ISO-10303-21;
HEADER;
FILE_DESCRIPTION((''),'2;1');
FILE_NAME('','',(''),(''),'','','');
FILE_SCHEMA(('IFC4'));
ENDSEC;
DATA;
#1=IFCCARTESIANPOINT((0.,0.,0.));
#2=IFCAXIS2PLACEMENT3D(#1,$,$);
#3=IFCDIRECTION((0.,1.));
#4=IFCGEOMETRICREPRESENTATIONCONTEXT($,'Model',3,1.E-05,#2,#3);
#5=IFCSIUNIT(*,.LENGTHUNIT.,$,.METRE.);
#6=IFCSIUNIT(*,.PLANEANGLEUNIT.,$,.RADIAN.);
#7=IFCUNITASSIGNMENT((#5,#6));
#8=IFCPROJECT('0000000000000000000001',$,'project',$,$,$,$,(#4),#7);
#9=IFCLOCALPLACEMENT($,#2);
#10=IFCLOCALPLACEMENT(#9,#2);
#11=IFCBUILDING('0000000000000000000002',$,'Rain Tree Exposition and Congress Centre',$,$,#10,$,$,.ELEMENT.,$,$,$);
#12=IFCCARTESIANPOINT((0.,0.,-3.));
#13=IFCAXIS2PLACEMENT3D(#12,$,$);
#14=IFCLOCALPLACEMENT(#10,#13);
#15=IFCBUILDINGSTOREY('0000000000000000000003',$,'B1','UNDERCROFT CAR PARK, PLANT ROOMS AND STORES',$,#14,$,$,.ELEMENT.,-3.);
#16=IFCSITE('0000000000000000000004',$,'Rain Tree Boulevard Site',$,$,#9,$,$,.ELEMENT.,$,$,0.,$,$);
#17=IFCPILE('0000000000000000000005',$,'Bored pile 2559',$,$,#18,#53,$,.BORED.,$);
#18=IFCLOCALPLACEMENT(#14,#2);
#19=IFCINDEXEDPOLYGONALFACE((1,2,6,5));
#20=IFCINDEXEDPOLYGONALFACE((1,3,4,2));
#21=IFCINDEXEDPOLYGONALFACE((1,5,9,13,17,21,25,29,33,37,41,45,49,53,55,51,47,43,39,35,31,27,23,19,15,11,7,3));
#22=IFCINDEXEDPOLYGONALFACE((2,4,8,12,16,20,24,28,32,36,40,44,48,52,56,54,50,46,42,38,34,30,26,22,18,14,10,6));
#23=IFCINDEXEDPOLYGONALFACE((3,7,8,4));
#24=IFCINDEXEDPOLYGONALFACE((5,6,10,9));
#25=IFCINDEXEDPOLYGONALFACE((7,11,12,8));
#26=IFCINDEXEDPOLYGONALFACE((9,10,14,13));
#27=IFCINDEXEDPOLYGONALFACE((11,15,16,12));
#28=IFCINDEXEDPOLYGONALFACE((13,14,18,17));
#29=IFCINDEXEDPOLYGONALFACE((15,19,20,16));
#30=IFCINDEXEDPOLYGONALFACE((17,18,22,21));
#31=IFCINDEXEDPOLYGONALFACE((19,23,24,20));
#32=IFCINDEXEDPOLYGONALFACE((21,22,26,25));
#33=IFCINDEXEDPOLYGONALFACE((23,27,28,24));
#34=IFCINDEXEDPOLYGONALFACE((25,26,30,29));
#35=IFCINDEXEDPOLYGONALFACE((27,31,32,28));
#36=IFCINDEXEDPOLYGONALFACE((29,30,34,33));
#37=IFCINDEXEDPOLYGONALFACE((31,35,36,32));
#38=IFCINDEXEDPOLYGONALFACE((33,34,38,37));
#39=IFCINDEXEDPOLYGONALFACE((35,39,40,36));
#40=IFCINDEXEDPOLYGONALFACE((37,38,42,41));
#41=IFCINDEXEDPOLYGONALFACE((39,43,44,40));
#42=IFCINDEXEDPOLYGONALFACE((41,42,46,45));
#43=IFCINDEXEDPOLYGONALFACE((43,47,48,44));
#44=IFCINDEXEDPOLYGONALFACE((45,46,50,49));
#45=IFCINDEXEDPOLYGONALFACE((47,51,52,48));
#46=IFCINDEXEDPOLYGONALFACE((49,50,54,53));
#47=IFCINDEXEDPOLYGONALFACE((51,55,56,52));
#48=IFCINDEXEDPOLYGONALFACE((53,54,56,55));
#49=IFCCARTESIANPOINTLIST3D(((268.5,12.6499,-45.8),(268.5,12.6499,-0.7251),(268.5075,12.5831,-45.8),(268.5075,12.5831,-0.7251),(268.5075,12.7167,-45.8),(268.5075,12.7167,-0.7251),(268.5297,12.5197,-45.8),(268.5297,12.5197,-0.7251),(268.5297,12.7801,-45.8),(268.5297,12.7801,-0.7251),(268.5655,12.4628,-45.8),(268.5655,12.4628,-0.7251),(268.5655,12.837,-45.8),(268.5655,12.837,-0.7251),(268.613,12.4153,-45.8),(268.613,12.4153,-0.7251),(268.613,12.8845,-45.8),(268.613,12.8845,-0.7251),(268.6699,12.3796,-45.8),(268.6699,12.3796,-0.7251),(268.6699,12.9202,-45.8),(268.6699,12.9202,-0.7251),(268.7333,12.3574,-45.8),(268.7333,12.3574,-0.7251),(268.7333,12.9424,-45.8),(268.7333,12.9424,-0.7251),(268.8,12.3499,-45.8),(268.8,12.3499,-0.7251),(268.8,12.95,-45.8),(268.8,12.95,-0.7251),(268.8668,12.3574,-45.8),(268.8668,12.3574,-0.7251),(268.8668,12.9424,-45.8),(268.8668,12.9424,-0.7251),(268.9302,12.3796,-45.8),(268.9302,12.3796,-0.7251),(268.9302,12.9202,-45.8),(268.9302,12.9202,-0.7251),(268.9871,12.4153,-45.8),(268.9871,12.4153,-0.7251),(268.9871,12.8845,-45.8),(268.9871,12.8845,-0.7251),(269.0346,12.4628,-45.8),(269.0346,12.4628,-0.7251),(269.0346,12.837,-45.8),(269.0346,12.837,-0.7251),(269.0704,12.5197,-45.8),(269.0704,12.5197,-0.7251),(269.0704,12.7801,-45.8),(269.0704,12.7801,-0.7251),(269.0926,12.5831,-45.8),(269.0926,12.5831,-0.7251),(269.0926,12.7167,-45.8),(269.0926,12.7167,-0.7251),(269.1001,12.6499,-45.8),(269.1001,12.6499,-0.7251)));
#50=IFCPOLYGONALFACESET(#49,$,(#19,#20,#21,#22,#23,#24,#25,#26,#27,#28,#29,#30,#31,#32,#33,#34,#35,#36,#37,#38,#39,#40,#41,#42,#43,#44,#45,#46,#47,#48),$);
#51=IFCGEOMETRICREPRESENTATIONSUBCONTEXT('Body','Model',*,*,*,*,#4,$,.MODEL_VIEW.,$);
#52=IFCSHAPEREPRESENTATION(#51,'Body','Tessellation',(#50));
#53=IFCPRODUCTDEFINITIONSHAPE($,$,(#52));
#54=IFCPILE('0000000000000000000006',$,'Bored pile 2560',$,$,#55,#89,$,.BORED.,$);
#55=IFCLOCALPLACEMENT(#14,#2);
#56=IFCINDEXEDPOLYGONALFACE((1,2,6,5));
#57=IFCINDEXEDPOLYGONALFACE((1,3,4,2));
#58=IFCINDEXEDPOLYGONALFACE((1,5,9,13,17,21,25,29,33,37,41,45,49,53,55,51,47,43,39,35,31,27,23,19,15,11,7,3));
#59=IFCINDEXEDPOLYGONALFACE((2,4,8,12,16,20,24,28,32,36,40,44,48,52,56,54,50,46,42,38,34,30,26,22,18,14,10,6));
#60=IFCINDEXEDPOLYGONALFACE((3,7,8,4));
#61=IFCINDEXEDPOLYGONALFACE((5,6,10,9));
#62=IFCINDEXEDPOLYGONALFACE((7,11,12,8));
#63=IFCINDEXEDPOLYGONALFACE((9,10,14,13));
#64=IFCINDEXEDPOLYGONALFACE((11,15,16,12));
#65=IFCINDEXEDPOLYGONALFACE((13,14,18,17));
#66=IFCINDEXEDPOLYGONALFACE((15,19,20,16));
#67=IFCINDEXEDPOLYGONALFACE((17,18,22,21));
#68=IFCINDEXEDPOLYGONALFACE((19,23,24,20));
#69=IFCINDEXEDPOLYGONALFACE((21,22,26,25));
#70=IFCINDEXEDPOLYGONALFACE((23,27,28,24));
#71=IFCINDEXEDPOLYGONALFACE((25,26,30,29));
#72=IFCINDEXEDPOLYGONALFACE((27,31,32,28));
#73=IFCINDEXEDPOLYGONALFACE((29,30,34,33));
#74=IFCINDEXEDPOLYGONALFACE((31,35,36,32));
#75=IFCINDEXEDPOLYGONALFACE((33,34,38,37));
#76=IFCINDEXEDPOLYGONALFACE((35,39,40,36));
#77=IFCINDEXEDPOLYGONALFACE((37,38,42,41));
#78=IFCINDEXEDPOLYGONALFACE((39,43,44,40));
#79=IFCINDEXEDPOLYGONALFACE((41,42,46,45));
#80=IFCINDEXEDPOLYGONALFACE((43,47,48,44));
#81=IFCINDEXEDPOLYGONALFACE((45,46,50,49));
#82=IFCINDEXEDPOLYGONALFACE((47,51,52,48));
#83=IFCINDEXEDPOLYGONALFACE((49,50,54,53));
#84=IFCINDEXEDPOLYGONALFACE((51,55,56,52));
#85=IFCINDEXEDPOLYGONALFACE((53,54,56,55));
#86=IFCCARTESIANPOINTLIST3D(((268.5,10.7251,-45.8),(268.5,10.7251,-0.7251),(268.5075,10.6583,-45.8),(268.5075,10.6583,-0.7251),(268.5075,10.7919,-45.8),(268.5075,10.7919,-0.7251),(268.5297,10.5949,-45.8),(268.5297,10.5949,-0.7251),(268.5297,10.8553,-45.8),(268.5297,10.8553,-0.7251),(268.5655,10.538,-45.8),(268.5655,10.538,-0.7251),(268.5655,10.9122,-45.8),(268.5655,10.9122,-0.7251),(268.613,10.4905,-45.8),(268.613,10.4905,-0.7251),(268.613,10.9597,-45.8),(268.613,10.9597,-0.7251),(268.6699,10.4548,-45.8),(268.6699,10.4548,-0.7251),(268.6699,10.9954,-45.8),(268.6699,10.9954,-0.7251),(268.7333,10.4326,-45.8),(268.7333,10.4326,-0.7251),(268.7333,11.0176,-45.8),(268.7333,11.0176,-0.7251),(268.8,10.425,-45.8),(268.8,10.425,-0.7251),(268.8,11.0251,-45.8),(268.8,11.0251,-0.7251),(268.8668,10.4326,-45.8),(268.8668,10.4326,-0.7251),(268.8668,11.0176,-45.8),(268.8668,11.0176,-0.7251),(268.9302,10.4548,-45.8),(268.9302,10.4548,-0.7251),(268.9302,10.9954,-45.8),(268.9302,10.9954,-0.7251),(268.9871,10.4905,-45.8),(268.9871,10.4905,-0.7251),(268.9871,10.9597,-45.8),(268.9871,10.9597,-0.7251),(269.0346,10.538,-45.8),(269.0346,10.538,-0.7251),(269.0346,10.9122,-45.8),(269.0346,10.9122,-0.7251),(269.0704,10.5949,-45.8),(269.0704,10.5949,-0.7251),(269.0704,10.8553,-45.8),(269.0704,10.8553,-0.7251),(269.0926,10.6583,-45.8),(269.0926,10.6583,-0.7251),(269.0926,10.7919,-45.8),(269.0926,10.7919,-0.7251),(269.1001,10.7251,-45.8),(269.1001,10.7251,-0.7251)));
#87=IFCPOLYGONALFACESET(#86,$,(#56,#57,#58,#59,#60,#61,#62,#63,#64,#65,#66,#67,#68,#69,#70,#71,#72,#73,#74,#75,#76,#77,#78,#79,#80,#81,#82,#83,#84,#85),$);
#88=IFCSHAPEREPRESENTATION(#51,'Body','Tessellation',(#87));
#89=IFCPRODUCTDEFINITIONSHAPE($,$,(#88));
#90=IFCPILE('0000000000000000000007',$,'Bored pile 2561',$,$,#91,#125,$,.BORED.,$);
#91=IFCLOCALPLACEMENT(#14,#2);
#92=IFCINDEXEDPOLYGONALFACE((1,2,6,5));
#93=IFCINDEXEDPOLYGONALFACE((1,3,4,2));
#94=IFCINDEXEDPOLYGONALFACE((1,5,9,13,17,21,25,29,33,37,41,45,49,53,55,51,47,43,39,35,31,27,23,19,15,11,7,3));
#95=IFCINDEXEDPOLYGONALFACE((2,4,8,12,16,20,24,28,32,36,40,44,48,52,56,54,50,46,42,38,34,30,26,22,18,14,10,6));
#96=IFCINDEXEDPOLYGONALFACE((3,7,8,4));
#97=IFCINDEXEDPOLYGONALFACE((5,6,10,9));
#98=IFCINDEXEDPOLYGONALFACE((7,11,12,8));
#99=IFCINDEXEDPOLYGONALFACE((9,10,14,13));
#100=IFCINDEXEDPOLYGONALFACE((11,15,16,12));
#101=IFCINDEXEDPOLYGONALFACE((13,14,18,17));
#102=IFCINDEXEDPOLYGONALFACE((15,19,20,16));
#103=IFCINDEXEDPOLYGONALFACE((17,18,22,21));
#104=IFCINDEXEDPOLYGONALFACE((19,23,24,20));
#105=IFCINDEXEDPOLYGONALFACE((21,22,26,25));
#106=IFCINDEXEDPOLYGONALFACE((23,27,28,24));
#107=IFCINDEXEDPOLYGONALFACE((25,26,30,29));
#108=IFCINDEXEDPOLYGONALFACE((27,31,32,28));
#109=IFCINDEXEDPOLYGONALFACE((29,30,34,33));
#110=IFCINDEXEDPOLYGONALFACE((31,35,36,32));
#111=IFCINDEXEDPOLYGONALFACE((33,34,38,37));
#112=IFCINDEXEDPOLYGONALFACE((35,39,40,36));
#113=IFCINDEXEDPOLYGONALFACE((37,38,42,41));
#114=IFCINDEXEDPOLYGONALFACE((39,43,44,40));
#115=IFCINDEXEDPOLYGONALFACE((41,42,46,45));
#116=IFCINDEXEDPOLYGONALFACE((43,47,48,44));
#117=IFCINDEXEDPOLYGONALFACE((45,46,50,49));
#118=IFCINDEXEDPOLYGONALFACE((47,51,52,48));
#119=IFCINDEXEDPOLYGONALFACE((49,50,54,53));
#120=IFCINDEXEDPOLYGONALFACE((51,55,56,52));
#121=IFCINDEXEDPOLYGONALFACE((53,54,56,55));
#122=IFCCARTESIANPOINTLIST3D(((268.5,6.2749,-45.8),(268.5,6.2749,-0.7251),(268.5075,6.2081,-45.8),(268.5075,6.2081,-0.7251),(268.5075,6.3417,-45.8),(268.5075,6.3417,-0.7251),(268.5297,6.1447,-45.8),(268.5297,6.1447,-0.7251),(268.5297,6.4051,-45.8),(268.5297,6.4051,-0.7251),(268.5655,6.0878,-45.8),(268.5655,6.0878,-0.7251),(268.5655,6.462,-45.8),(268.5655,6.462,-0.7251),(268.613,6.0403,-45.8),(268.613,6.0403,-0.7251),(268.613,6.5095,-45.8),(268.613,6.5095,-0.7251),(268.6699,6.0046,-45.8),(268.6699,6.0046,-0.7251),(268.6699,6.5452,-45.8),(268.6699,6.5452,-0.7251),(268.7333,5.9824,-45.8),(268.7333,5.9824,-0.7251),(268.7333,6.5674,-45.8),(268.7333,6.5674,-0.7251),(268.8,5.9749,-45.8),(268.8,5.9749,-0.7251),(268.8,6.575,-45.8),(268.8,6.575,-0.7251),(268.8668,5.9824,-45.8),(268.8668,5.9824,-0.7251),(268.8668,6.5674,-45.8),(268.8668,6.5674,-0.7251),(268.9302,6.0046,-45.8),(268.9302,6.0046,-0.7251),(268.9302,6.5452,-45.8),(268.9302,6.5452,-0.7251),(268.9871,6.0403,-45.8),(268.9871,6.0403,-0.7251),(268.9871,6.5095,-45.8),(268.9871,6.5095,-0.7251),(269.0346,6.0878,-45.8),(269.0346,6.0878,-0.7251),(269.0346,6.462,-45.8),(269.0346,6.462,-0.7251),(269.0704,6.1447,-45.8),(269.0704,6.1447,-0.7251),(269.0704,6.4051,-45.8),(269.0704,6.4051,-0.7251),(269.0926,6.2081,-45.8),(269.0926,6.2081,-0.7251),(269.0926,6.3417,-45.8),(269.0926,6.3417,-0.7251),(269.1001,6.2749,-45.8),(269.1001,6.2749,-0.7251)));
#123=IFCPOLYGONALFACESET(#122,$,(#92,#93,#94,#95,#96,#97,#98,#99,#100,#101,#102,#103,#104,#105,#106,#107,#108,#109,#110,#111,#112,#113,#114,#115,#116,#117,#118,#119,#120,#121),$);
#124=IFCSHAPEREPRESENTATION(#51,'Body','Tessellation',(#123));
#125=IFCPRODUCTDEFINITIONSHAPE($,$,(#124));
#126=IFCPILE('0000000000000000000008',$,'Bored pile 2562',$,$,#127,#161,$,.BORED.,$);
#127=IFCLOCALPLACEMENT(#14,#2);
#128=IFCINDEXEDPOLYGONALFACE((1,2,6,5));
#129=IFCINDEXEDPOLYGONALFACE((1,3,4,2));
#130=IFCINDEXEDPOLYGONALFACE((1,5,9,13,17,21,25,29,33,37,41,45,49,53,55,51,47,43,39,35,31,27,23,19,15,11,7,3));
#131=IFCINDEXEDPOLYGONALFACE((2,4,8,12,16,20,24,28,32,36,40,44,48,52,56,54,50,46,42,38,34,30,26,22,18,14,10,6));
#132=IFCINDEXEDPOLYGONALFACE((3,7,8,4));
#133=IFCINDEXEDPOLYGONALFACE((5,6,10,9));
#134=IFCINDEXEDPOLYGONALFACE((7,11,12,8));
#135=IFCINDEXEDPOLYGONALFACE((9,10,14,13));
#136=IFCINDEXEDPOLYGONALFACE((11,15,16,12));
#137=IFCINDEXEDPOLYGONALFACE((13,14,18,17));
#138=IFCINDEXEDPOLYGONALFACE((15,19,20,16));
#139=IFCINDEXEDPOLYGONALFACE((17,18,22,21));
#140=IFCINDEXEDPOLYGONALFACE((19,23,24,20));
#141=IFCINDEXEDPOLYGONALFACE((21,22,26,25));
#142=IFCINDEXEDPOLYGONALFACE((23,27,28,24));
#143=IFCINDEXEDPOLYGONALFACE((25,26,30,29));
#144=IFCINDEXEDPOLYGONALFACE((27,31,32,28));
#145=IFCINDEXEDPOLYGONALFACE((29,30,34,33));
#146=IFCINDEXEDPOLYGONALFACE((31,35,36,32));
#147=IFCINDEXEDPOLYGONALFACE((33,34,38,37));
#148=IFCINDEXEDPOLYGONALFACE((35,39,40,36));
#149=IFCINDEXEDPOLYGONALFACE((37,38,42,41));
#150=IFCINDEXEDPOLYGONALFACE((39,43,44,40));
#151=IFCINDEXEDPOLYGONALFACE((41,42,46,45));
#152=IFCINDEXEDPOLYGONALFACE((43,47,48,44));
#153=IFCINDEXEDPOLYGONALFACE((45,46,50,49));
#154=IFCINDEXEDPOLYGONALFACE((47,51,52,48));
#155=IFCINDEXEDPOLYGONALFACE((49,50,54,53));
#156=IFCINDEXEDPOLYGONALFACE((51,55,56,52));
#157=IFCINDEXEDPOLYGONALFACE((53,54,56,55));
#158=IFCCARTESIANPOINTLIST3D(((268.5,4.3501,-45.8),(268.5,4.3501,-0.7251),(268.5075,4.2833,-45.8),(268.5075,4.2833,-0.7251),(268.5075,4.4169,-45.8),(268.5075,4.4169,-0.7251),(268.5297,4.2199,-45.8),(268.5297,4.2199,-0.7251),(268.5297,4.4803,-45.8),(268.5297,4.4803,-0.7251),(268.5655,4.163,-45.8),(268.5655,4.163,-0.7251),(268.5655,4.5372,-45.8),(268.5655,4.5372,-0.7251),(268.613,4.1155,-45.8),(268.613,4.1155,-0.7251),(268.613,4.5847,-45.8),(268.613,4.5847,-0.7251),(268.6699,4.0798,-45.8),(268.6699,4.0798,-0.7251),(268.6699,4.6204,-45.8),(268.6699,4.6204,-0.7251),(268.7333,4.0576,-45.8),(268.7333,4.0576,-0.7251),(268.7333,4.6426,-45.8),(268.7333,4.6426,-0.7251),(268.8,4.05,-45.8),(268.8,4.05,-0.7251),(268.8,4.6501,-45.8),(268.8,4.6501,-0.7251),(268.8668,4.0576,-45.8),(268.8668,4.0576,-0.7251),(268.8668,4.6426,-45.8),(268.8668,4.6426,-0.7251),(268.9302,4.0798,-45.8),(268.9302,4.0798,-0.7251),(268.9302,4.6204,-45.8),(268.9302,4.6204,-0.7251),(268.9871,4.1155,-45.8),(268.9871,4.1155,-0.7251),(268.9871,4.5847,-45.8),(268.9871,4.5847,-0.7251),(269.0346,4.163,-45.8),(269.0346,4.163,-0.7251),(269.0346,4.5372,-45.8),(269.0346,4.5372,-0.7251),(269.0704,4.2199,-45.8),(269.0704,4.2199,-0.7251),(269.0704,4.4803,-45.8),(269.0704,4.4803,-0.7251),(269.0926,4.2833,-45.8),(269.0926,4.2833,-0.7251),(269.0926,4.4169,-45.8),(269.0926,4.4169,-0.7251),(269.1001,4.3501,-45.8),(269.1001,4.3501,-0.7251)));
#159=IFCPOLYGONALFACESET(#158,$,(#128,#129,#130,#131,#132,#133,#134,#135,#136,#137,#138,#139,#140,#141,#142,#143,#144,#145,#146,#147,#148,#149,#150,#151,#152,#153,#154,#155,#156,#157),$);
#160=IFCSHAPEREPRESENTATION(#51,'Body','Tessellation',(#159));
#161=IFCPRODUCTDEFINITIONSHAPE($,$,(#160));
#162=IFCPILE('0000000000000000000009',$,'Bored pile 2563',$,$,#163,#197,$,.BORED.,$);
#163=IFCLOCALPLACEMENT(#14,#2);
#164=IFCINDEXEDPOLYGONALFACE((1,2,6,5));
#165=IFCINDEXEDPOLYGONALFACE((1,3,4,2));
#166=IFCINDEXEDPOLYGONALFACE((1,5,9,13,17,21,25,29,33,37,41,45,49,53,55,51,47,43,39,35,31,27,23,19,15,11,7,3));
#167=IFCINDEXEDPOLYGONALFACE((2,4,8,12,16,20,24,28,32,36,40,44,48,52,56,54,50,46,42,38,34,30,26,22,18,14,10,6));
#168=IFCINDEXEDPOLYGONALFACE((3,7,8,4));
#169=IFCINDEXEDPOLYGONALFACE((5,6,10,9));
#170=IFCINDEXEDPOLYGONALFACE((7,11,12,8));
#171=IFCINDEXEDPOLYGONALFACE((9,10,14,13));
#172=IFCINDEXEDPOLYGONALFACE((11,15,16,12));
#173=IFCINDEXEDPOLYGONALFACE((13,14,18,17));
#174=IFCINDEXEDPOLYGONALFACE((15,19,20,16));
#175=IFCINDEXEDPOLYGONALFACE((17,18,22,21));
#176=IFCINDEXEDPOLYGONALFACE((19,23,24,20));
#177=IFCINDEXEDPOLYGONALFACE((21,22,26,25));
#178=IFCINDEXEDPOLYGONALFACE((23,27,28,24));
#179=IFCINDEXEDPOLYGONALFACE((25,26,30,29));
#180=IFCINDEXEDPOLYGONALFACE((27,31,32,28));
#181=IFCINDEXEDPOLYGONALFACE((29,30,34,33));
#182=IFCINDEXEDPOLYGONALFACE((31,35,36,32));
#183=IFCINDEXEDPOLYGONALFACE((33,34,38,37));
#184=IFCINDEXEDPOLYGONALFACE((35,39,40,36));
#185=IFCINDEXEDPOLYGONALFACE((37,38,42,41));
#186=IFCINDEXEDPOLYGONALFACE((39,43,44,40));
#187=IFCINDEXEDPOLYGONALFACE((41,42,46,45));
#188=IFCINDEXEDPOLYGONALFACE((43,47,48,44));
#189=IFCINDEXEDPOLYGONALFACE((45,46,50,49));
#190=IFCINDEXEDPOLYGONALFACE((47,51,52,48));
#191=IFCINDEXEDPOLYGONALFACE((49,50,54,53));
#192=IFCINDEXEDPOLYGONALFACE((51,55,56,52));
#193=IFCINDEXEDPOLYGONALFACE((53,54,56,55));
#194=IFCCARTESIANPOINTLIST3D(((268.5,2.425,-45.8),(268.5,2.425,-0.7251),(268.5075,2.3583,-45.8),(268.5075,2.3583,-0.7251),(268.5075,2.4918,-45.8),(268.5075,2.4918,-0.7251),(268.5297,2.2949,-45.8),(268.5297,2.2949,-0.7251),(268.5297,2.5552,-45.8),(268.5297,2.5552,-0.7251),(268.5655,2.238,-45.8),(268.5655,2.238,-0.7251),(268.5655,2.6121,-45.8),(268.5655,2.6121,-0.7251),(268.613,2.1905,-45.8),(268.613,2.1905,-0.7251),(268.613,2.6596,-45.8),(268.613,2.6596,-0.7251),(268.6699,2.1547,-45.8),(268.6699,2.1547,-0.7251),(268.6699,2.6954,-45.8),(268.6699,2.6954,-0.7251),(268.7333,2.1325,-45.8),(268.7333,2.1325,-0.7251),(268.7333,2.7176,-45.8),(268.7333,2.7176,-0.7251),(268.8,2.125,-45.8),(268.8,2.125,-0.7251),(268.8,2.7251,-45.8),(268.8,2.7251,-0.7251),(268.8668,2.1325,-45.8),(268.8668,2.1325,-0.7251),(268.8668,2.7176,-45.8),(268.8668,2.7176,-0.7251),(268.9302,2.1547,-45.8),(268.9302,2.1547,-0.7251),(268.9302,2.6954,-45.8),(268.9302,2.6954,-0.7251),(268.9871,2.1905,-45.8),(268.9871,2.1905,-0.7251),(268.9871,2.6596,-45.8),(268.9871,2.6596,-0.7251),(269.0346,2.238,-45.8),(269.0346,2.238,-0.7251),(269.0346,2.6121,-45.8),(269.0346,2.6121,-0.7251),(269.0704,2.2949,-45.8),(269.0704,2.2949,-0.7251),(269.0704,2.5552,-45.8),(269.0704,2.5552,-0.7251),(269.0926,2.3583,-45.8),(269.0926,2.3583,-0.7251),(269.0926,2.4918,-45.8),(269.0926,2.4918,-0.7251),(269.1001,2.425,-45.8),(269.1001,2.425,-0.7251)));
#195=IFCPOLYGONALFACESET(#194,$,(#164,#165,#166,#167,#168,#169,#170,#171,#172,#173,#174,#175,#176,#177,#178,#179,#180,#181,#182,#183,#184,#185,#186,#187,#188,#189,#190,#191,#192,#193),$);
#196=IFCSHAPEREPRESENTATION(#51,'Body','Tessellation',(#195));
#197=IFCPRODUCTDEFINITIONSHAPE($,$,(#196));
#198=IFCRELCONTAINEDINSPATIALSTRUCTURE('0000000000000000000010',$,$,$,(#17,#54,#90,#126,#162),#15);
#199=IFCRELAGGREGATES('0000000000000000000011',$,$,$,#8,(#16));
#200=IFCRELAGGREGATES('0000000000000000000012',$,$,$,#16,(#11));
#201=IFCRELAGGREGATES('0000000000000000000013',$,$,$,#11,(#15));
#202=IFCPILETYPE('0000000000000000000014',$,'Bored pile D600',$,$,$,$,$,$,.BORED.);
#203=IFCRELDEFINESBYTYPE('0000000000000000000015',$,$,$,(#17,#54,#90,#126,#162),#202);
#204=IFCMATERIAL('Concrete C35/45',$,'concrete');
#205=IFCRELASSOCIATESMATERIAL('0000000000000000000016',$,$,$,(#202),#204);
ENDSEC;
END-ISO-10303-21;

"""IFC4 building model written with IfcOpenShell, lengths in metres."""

from ifc_helpers import new_model, si_unit, direction, frame, origin, origin_2d, place, context, subcontext, project, spatial, circle, extrude, material, material_profile, profile_set, type_object, element, save


model = new_model("IFC4")

# Units and contexts
model_context = context("Model", 3, precision=1e-05, world=origin(), true_north=direction((0.0, 1.0)))
body_context = subcontext(model_context, "Body", "Model", "MODEL_VIEW")
ifc_project = project(units=[si_unit("LENGTHUNIT", "METRE"), si_unit("PLANEANGLEUNIT", "RADIAN")], contexts=[model_context])

# Site, building, storey
site_placement = place(None, origin())
site = spatial("IfcSite", under=ifc_project, at=site_placement, Name="Rain Tree Boulevard Site", CompositionType="ELEMENT", RefElevation=0.0)
building_placement = place(site_placement, origin())
building = spatial("IfcBuilding", under=site, at=building_placement, Name="Rain Tree Exposition and Congress Centre", CompositionType="ELEMENT")
storey_placement = place(building_placement, frame((0.0, 0.0, -3.0)))
storey = spatial("IfcBuildingStorey", under=building, at=storey_placement, Name="B1", Description="UNDERCROFT CAR PARK, PLANT ROOMS AND STORES", CompositionType="ELEMENT", Elevation=-3.0)

# Piles
ifc_material_1 = material(Name="Concrete C35/45", Category="concrete")
ifc_material_profile = material_profile(ifc_material_1, circle(Radius=0.3, at=origin_2d()), Name="D600")
ifc_profile_set = profile_set([ifc_material_profile], Name="Concrete C35/45")
pile_type = type_object("IfcPileType", Name="Bored pile D600", PredefinedType="BORED", material=ifc_profile_set)
for number, where, z_axis, x_axis, name in (
    (1, (268.8, 12.6499, -0.7251), (0.0, 0.0, -1.0), (1.0, 0.0, 0.0), "Bored pile 2559"),
    (2, (268.8, 10.7251, -0.7251), (0.0, 0.0, -1.0), (1.0, 0.0, 0.0), "Bored pile 2560"),
    (3, (268.8, 6.2749, -0.7251), (0.0, 0.0, -1.0), (1.0, 0.0, 0.0), "Bored pile 2561"),
    (4, (268.8, 4.3501, -0.7251), (0.0, 0.0, -1.0), (1.0, 0.0, 0.0), "Bored pile 2562"),
    (5, (268.8, 2.425, -0.7251), (0.0, 0.0, -1.0), (1.0, 0.0, 0.0), "Bored pile 2563"),
):
    element("IfcPile", number, at=place(storey_placement, frame(where, z_axis=z_axis, x_axis=x_axis)), inside=storey, type_object=pile_type, Name=name, PredefinedType="BORED", context=body_context, shape_type="SweptSolid", body=[
        extrude(circle(Radius=0.3, at=origin_2d()), origin(), (0.0, 0.0, 1.0), 45.075),
    ])

save(model, "model.ifc")
